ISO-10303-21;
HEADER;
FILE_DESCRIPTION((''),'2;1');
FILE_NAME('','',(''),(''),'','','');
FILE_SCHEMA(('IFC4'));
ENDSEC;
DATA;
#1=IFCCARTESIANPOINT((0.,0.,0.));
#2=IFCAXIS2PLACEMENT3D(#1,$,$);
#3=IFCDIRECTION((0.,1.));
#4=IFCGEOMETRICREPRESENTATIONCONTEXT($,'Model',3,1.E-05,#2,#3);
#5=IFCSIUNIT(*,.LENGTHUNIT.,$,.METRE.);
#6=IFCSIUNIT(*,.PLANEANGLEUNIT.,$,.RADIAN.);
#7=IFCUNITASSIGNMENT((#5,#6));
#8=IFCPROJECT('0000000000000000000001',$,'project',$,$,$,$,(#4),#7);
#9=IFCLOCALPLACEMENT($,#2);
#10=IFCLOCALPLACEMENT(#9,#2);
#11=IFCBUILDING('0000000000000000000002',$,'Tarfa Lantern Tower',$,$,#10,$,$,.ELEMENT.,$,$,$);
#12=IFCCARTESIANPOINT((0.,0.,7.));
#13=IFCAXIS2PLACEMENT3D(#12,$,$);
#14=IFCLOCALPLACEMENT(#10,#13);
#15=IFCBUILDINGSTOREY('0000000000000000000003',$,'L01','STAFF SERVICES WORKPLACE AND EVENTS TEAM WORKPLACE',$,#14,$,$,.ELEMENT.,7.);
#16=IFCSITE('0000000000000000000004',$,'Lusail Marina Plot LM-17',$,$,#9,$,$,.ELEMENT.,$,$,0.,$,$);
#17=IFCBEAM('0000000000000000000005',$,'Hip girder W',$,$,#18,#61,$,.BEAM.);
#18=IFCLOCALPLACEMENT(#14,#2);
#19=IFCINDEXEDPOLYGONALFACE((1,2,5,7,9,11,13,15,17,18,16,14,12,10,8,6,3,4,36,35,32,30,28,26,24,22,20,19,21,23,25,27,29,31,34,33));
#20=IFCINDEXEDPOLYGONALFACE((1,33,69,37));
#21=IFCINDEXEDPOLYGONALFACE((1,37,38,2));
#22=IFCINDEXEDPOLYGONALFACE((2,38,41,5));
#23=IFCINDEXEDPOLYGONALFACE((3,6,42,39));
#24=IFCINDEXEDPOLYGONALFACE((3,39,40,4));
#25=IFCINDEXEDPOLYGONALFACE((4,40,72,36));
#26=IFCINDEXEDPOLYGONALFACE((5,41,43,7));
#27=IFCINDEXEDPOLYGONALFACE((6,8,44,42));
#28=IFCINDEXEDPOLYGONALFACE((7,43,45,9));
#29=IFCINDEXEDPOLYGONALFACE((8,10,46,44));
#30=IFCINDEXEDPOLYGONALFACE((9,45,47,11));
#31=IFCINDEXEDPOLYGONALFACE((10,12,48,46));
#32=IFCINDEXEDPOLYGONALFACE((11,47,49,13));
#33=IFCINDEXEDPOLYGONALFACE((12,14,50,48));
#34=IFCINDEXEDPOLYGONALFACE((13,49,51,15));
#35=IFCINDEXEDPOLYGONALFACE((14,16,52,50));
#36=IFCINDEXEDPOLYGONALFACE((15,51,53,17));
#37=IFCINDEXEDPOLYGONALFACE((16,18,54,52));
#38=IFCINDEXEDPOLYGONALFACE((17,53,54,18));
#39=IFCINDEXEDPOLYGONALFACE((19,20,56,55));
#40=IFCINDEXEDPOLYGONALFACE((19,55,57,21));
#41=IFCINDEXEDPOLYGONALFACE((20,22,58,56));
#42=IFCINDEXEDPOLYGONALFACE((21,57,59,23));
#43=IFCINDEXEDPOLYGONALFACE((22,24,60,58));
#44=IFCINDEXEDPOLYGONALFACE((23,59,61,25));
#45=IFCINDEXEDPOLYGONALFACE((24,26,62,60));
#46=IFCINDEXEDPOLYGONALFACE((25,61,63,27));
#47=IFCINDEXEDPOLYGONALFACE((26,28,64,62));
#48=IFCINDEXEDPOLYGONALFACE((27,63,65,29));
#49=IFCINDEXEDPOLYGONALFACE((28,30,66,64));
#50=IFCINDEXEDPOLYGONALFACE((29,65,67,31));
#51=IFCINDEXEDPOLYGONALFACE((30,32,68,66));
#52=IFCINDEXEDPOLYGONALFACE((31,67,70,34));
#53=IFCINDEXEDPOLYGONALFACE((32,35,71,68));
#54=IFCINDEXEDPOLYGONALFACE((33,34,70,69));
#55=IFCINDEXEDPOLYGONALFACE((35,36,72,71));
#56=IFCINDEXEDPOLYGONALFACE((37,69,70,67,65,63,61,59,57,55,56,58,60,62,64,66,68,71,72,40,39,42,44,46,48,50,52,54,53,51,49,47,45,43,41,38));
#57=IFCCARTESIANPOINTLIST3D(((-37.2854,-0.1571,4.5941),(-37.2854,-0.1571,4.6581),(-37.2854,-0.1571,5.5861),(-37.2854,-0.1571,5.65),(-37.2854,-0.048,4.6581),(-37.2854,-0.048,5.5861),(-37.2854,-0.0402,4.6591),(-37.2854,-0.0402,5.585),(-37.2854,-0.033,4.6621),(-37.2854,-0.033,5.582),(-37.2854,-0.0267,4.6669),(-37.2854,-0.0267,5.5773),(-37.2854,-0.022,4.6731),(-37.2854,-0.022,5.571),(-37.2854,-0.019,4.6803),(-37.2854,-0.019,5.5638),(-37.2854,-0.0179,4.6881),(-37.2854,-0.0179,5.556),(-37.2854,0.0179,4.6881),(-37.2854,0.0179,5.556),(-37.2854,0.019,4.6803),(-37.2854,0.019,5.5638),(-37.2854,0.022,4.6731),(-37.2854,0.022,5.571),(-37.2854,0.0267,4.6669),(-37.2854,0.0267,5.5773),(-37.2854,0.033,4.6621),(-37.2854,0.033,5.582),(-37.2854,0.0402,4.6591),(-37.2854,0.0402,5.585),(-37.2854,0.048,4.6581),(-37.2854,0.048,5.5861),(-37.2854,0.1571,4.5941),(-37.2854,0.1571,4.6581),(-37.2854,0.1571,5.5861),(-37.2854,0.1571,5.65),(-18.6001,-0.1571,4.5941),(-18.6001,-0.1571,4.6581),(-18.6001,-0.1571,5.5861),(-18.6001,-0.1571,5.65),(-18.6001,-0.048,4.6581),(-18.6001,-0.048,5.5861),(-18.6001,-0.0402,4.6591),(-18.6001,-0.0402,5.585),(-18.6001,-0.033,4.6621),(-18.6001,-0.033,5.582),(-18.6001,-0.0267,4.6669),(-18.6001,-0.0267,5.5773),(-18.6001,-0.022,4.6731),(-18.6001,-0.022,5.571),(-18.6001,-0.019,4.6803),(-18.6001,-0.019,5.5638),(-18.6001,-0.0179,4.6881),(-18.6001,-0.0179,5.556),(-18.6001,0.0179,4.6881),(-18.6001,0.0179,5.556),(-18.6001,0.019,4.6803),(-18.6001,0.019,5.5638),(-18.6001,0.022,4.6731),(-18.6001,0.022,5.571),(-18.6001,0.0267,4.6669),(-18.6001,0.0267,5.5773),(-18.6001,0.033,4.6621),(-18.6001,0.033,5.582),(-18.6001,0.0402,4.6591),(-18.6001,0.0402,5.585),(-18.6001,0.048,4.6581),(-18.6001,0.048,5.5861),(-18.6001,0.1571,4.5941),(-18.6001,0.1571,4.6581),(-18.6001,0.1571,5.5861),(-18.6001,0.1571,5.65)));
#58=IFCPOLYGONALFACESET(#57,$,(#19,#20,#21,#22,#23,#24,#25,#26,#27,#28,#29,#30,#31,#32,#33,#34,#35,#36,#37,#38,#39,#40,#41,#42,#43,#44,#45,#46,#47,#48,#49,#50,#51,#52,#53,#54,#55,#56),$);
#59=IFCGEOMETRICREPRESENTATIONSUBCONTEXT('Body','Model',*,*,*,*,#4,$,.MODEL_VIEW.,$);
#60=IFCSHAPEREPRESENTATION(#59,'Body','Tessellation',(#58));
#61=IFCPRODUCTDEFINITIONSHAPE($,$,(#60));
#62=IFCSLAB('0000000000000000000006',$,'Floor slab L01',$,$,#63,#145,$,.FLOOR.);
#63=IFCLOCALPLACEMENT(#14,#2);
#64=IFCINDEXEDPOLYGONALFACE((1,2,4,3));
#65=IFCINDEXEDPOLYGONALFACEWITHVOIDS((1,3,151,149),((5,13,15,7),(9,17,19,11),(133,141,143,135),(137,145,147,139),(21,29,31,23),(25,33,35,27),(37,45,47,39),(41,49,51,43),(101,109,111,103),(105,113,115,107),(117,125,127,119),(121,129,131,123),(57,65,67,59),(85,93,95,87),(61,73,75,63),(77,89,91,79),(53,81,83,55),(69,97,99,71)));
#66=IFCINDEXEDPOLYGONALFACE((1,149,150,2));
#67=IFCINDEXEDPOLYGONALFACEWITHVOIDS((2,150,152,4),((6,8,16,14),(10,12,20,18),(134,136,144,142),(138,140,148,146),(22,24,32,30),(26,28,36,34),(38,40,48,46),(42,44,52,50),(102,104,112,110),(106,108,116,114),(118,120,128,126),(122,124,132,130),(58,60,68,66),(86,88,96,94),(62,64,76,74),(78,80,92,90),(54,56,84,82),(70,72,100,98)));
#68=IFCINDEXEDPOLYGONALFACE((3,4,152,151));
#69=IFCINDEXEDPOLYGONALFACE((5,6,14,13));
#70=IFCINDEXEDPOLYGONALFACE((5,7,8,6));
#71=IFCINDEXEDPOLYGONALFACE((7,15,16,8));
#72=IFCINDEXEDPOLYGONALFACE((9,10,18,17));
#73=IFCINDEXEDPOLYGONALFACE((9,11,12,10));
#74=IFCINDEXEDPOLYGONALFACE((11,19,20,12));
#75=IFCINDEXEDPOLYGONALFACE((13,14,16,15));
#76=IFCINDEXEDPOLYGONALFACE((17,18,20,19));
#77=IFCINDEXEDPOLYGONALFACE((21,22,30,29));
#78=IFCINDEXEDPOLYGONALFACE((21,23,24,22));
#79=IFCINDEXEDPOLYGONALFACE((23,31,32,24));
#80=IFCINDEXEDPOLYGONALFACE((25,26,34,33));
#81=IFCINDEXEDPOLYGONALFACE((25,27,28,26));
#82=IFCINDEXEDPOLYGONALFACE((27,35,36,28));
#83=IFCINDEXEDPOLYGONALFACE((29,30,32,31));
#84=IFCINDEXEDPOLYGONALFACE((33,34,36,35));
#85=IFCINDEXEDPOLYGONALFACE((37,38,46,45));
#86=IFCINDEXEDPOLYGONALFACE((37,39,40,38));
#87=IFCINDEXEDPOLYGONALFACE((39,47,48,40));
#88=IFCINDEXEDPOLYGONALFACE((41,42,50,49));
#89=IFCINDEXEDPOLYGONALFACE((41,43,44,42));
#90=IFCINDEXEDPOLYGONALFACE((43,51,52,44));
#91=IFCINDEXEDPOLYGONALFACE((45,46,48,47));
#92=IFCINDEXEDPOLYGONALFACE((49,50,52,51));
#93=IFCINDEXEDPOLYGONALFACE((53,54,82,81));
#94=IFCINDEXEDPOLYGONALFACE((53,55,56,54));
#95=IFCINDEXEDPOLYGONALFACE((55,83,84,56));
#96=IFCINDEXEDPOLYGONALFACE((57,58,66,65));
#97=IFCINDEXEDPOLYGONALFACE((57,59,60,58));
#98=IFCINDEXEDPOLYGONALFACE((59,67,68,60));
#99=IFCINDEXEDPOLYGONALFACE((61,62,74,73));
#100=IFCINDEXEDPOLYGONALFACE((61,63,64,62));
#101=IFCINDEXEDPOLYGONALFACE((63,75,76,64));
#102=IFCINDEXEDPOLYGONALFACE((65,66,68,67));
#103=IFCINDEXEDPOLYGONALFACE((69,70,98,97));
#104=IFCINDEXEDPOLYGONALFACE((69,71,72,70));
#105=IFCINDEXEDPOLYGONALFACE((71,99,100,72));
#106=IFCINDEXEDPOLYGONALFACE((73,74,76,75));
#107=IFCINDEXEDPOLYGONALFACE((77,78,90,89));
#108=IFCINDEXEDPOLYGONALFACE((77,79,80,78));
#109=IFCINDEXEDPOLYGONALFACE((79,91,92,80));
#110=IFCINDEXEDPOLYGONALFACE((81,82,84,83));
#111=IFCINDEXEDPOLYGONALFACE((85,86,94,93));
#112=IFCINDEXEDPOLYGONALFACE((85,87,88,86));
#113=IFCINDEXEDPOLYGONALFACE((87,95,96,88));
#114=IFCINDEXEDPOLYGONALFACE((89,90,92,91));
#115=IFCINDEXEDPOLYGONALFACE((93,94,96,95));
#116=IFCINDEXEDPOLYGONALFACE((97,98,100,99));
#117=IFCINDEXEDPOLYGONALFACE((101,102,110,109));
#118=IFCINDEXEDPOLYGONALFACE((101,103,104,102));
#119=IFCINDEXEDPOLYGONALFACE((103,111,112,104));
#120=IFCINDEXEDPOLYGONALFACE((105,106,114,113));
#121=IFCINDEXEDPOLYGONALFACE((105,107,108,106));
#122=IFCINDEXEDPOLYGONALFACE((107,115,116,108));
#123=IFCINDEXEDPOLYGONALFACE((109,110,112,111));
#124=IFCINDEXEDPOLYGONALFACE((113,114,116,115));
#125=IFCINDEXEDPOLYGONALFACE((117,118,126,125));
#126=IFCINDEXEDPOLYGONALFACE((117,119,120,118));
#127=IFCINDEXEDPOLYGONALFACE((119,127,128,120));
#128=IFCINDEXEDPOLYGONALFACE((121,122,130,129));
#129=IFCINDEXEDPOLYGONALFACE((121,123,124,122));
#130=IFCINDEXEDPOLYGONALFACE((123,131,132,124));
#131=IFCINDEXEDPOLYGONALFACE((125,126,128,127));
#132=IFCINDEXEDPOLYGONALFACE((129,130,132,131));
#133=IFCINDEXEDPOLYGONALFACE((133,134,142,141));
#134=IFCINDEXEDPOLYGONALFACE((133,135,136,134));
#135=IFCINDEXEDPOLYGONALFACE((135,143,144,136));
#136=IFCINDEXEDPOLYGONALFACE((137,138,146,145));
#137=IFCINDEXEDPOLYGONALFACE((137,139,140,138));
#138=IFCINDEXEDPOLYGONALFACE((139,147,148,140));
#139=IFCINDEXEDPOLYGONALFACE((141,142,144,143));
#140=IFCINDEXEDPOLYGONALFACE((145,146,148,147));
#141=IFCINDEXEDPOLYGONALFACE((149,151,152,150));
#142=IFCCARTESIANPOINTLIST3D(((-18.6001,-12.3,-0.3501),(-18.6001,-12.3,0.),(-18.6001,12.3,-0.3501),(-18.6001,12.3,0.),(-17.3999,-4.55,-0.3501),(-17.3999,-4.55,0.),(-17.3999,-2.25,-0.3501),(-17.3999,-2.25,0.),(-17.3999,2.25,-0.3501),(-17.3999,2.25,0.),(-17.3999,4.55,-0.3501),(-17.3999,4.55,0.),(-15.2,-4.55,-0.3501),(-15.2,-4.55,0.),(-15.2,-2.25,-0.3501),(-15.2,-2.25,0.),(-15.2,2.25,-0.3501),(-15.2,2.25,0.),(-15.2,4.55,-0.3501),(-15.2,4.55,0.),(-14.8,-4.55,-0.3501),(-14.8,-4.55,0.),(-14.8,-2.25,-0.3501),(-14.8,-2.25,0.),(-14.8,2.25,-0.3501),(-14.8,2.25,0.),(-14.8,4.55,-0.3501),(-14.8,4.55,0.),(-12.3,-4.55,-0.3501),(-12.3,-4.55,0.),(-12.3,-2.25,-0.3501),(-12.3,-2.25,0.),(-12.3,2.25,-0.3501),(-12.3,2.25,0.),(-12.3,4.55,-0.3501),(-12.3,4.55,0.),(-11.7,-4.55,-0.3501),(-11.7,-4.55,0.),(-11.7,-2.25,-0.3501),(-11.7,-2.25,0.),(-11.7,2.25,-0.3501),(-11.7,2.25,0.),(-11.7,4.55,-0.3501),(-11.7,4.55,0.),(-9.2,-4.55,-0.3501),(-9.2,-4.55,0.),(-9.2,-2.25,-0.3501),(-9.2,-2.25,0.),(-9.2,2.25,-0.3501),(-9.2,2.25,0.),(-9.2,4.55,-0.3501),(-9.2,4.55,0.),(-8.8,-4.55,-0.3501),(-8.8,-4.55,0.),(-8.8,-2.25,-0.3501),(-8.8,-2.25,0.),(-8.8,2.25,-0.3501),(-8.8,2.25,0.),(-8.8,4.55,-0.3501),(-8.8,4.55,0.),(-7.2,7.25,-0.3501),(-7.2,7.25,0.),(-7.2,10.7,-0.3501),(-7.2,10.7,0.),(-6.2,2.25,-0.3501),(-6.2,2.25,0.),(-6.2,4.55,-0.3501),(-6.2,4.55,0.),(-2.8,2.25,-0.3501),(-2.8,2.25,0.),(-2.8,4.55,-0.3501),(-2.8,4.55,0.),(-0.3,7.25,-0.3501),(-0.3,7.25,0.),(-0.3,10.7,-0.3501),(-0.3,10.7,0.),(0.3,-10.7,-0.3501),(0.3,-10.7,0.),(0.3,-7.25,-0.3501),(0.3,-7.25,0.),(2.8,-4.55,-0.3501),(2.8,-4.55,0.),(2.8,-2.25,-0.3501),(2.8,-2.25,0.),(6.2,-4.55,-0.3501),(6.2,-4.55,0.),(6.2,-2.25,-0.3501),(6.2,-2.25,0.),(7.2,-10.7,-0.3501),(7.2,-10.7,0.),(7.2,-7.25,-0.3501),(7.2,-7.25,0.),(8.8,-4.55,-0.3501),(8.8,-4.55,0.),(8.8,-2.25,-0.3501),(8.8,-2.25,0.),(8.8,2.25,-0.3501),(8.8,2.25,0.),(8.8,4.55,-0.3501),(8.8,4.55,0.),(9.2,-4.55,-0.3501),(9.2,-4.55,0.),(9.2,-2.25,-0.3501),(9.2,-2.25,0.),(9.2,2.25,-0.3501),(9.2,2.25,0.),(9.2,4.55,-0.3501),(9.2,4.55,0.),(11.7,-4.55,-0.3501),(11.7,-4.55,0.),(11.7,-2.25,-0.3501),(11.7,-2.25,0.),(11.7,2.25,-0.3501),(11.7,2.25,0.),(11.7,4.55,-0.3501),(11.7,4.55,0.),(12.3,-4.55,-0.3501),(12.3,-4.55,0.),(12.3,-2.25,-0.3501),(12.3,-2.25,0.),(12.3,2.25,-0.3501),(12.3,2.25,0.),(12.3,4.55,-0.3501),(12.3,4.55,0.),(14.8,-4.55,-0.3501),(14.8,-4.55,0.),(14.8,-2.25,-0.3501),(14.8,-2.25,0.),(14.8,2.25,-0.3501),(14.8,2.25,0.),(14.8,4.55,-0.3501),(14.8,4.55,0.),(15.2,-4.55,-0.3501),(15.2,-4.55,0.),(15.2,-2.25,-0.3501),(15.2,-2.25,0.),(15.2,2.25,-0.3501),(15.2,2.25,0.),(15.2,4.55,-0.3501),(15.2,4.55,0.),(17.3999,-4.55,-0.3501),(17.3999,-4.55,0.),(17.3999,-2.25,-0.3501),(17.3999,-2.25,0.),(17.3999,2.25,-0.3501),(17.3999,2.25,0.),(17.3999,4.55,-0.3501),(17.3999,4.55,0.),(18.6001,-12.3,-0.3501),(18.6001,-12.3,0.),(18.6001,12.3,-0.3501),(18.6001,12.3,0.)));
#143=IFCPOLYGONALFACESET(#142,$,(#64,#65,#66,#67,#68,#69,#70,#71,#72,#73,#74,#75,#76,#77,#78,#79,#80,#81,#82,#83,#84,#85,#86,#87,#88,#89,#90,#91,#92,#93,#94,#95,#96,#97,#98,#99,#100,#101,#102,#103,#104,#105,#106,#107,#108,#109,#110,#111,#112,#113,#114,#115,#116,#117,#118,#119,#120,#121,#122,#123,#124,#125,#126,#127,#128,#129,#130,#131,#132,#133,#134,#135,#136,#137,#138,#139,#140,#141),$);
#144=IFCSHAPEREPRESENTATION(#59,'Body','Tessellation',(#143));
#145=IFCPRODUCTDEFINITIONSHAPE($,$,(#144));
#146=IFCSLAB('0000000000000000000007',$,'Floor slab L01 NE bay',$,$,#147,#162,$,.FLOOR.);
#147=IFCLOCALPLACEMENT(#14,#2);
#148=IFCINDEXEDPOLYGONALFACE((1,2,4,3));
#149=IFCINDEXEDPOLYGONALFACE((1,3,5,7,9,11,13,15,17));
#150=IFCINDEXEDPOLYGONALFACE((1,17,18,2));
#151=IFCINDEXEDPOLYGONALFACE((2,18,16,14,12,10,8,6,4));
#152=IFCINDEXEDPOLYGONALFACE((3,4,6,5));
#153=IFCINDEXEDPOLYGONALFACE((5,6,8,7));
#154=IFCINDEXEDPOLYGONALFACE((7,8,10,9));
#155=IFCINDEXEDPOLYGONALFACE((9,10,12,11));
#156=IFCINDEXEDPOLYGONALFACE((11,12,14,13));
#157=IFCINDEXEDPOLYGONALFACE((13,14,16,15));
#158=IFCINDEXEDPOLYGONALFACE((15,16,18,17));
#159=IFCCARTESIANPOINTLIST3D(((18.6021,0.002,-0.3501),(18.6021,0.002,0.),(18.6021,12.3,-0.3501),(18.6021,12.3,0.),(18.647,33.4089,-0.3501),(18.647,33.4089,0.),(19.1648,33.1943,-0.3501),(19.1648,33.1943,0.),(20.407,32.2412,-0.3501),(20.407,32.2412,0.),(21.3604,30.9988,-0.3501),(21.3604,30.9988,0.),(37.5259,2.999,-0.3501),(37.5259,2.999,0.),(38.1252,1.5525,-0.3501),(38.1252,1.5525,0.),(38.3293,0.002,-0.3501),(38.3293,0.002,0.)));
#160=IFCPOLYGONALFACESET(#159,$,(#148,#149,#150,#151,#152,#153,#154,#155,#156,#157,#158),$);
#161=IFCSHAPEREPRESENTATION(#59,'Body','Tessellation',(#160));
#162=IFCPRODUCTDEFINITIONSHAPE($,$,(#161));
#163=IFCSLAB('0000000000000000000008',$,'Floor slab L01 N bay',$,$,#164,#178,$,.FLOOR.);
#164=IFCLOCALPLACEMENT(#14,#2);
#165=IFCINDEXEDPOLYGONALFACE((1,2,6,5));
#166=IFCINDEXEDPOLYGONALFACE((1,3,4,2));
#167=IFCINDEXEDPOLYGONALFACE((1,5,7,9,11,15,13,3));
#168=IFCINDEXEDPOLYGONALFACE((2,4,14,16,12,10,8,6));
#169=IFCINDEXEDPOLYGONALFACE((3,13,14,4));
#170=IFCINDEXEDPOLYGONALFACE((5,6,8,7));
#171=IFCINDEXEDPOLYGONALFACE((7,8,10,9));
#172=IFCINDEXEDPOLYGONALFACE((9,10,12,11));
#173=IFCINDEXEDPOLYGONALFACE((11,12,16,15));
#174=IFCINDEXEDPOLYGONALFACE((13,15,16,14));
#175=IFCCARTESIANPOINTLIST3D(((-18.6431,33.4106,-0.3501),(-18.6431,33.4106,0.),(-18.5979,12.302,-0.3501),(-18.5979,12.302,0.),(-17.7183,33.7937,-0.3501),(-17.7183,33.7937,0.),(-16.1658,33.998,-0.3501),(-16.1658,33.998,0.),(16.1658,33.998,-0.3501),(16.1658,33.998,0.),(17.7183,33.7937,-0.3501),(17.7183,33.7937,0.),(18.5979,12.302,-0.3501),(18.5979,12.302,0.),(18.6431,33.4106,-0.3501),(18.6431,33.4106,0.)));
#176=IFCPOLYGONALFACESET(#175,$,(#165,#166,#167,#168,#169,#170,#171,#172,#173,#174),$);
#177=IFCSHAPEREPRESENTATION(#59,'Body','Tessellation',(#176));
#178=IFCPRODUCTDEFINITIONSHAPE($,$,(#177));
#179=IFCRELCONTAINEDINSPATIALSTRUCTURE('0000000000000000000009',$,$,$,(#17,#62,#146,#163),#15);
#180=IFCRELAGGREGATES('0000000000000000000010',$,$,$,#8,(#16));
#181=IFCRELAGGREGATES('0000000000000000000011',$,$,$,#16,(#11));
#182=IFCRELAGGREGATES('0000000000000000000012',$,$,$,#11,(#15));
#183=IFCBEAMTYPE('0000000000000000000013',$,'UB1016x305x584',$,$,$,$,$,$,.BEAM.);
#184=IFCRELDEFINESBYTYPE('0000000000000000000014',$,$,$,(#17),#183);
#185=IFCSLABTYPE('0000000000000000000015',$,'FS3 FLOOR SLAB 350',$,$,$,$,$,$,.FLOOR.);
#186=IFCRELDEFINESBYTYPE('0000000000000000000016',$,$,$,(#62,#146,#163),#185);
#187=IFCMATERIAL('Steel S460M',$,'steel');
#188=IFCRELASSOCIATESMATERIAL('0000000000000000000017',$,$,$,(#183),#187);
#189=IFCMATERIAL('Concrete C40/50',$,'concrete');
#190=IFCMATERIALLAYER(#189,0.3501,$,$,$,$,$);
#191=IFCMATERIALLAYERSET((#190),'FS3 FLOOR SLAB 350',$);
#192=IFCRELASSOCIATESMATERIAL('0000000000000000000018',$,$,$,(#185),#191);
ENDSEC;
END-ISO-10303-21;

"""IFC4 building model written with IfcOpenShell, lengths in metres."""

from ifc_helpers import new_model, si_unit, direction, frame, origin, origin_2d, place, context, subcontext, project, spatial, polyline, i_section, outline, extrude, material, layer, layer_set, material_profile, profile_set, type_object, element, save


model = new_model("IFC4")

# Units and contexts
model_context = context("Model", 3, precision=1e-05, world=origin(), true_north=direction((0.0, 1.0)))
body_context = subcontext(model_context, "Body", "Model", "MODEL_VIEW")
ifc_project = project(units=[si_unit("LENGTHUNIT", "METRE"), si_unit("PLANEANGLEUNIT", "RADIAN")], contexts=[model_context])

# Site, building, storey
site_placement = place(None, origin())
site = spatial("IfcSite", under=ifc_project, at=site_placement, Name="Lusail Marina Plot LM-17", CompositionType="ELEMENT", RefElevation=0.0)
building_placement = place(site_placement, origin())
building = spatial("IfcBuilding", under=site, at=building_placement, Name="Tarfa Lantern Tower", CompositionType="ELEMENT")
storey_placement = place(building_placement, frame((0.0, 0.0, 7.0)))
storey = spatial("IfcBuildingStorey", under=building, at=storey_placement, Name="L01", Description="STAFF SERVICES WORKPLACE AND EVENTS TEAM WORKPLACE", CompositionType="ELEMENT", Elevation=7.0)

# Beam
ifc_material_1 = material(Name="Steel S460M", Category="steel")
ifc_material_profile = material_profile(ifc_material_1, i_section(OverallWidth=0.3142, OverallDepth=1.0559, WebThickness=0.0359, FlangeThickness=0.064, FilletRadius=0.03, at=origin_2d()), Name="UB1016x305x584")
ifc_profile_set = profile_set([ifc_material_profile], Name="Steel S460M")
beam_type = type_object("IfcBeamType", Name="UB1016x305x584", PredefinedType="BEAM", material=ifc_profile_set)
beam_placement = place(storey_placement, frame((-18.6001, 0.0, 5.1221), z_axis=(-1.0, 0.0, 0.0), x_axis=(0.0, -1.0, 0.0)))
element("IfcBeam", 1, at=beam_placement, inside=storey, type_object=beam_type, Name="Hip girder W", PredefinedType="BEAM", context=body_context, shape_type="SweptSolid", body=[
    extrude(i_section(OverallWidth=0.3142, OverallDepth=1.0559, WebThickness=0.0359, FlangeThickness=0.064, FilletRadius=0.03, at=origin_2d()), origin(), (0.0, 0.0, 1.0), 18.6853),
])

# Slabs
ifc_material_2 = material(Name="Concrete C40/50", Category="concrete")
ifc_layer_1 = layer(ifc_material_2, 0.3501)
ifc_layer_set_1 = layer_set([ifc_layer_1], Name="FS3 FLOOR SLAB 350")
slab_type = type_object("IfcSlabType", Name="FS3 FLOOR SLAB 350", PredefinedType="FLOOR", material=ifc_layer_set_1)
slab_1_placement = place(storey_placement, frame((0.0, 0.0, -0.3501)))
element("IfcSlab", 2, at=slab_1_placement, inside=storey, type_object=slab_type, Name="Floor slab L01", PredefinedType="FLOOR", context=body_context, shape_type="SweptSolid", body=[
    extrude(outline(polyline([(-18.6001, -12.3), (18.6001, -12.3), (18.6001, 12.3), (-18.6001, 12.3), (-18.6001, -12.3)]), holes=[polyline([(-17.3999, 2.25), (-15.2, 2.25), (-15.2, 4.55), (-17.3999, 4.55), (-17.3999, 2.25)]), polyline([(-14.8, 2.25), (-12.3, 2.25), (-12.3, 4.55), (-14.8, 4.55), (-14.8, 2.25)]), polyline([(-11.7, 2.25), (-9.2, 2.25), (-9.2, 4.55), (-11.7, 4.55), (-11.7, 2.25)]), polyline([(-8.8, 2.25), (-6.2, 2.25), (-6.2, 4.55), (-8.8, 4.55), (-8.8, 2.25)]), polyline([(-2.8, 2.25), (8.8, 2.25), (8.8, 4.55), (-2.8, 4.55), (-2.8, 2.25)]), polyline([(9.2, 2.25), (11.7, 2.25), (11.7, 4.55), (9.2, 4.55), (9.2, 2.25)]), polyline([(12.3, 2.25), (14.8, 2.25), (14.8, 4.55), (12.3, 4.55), (12.3, 2.25)]), polyline([(15.2, 2.25), (17.3999, 2.25), (17.3999, 4.55), (15.2, 4.55), (15.2, 2.25)]), polyline([(17.3999, -2.25), (15.2, -2.25), (15.2, -4.55), (17.3999, -4.55), (17.3999, -2.25)]), polyline([(14.8, -2.25), (12.3, -2.25), (12.3, -4.55), (14.8, -4.55), (14.8, -2.25)]), polyline([(11.7, -2.25), (9.2, -2.25), (9.2, -4.55), (11.7, -4.55), (11.7, -2.25)]), polyline([(8.8, -2.25), (6.2, -2.25), (6.2, -4.55), (8.8, -4.55), (8.8, -2.25)]), polyline([(2.8, -2.25), (-8.8, -2.25), (-8.8, -4.55), (2.8, -4.55), (2.8, -2.25)]), polyline([(-9.2, -2.25), (-11.7, -2.25), (-11.7, -4.55), (-9.2, -4.55), (-9.2, -2.25)]), polyline([(-12.3, -2.25), (-14.8, -2.25), (-14.8, -4.55), (-12.3, -4.55), (-12.3, -2.25)]), polyline([(-15.2, -2.25), (-17.3999, -2.25), (-17.3999, -4.55), (-15.2, -4.55), (-15.2, -2.25)]), polyline([(-7.2, 7.25), (-0.3, 7.25), (-0.3, 10.7), (-7.2, 10.7), (-7.2, 7.25)]), polyline([(7.2, -7.25), (0.3, -7.25), (0.3, -10.7), (7.2, -10.7), (7.2, -7.25)])]), origin(), (0.0, 0.0, 1.0), 0.3501),
])
slab_2_placement = place(storey_placement, frame((0.0, 0.0, -0.3501)))
element("IfcSlab", 3, at=slab_2_placement, inside=storey, type_object=slab_type, Name="Floor slab L01 NE bay", PredefinedType="FLOOR", context=body_context, shape_type="SweptSolid", body=[
    extrude(outline(polyline([(37.5259, 2.999), (21.3604, 30.9988), (20.407, 32.2412), (19.1648, 33.1943), (18.647, 33.4089), (18.6021, 12.3), (18.6021, 0.002), (38.3293, 0.002), (38.1252, 1.5525), (37.5259, 2.999)])), origin(), (0.0, 0.0, 1.0), 0.3501),
])
slab_3_placement = place(storey_placement, frame((0.0, 0.0, -0.3501)))
element("IfcSlab", 4, at=slab_3_placement, inside=storey, type_object=slab_type, Name="Floor slab L01 N bay", PredefinedType="FLOOR", context=body_context, shape_type="SweptSolid", body=[
    extrude(outline(polyline([(-18.5979, 12.302), (18.5979, 12.302), (18.6431, 33.4106), (17.7183, 33.7937), (16.1658, 33.998), (-16.1658, 33.998), (-17.7183, 33.7937), (-18.6431, 33.4106), (-18.5979, 12.302)])), origin(), (0.0, 0.0, 1.0), 0.3501),
])

save(model, "model.ifc")
